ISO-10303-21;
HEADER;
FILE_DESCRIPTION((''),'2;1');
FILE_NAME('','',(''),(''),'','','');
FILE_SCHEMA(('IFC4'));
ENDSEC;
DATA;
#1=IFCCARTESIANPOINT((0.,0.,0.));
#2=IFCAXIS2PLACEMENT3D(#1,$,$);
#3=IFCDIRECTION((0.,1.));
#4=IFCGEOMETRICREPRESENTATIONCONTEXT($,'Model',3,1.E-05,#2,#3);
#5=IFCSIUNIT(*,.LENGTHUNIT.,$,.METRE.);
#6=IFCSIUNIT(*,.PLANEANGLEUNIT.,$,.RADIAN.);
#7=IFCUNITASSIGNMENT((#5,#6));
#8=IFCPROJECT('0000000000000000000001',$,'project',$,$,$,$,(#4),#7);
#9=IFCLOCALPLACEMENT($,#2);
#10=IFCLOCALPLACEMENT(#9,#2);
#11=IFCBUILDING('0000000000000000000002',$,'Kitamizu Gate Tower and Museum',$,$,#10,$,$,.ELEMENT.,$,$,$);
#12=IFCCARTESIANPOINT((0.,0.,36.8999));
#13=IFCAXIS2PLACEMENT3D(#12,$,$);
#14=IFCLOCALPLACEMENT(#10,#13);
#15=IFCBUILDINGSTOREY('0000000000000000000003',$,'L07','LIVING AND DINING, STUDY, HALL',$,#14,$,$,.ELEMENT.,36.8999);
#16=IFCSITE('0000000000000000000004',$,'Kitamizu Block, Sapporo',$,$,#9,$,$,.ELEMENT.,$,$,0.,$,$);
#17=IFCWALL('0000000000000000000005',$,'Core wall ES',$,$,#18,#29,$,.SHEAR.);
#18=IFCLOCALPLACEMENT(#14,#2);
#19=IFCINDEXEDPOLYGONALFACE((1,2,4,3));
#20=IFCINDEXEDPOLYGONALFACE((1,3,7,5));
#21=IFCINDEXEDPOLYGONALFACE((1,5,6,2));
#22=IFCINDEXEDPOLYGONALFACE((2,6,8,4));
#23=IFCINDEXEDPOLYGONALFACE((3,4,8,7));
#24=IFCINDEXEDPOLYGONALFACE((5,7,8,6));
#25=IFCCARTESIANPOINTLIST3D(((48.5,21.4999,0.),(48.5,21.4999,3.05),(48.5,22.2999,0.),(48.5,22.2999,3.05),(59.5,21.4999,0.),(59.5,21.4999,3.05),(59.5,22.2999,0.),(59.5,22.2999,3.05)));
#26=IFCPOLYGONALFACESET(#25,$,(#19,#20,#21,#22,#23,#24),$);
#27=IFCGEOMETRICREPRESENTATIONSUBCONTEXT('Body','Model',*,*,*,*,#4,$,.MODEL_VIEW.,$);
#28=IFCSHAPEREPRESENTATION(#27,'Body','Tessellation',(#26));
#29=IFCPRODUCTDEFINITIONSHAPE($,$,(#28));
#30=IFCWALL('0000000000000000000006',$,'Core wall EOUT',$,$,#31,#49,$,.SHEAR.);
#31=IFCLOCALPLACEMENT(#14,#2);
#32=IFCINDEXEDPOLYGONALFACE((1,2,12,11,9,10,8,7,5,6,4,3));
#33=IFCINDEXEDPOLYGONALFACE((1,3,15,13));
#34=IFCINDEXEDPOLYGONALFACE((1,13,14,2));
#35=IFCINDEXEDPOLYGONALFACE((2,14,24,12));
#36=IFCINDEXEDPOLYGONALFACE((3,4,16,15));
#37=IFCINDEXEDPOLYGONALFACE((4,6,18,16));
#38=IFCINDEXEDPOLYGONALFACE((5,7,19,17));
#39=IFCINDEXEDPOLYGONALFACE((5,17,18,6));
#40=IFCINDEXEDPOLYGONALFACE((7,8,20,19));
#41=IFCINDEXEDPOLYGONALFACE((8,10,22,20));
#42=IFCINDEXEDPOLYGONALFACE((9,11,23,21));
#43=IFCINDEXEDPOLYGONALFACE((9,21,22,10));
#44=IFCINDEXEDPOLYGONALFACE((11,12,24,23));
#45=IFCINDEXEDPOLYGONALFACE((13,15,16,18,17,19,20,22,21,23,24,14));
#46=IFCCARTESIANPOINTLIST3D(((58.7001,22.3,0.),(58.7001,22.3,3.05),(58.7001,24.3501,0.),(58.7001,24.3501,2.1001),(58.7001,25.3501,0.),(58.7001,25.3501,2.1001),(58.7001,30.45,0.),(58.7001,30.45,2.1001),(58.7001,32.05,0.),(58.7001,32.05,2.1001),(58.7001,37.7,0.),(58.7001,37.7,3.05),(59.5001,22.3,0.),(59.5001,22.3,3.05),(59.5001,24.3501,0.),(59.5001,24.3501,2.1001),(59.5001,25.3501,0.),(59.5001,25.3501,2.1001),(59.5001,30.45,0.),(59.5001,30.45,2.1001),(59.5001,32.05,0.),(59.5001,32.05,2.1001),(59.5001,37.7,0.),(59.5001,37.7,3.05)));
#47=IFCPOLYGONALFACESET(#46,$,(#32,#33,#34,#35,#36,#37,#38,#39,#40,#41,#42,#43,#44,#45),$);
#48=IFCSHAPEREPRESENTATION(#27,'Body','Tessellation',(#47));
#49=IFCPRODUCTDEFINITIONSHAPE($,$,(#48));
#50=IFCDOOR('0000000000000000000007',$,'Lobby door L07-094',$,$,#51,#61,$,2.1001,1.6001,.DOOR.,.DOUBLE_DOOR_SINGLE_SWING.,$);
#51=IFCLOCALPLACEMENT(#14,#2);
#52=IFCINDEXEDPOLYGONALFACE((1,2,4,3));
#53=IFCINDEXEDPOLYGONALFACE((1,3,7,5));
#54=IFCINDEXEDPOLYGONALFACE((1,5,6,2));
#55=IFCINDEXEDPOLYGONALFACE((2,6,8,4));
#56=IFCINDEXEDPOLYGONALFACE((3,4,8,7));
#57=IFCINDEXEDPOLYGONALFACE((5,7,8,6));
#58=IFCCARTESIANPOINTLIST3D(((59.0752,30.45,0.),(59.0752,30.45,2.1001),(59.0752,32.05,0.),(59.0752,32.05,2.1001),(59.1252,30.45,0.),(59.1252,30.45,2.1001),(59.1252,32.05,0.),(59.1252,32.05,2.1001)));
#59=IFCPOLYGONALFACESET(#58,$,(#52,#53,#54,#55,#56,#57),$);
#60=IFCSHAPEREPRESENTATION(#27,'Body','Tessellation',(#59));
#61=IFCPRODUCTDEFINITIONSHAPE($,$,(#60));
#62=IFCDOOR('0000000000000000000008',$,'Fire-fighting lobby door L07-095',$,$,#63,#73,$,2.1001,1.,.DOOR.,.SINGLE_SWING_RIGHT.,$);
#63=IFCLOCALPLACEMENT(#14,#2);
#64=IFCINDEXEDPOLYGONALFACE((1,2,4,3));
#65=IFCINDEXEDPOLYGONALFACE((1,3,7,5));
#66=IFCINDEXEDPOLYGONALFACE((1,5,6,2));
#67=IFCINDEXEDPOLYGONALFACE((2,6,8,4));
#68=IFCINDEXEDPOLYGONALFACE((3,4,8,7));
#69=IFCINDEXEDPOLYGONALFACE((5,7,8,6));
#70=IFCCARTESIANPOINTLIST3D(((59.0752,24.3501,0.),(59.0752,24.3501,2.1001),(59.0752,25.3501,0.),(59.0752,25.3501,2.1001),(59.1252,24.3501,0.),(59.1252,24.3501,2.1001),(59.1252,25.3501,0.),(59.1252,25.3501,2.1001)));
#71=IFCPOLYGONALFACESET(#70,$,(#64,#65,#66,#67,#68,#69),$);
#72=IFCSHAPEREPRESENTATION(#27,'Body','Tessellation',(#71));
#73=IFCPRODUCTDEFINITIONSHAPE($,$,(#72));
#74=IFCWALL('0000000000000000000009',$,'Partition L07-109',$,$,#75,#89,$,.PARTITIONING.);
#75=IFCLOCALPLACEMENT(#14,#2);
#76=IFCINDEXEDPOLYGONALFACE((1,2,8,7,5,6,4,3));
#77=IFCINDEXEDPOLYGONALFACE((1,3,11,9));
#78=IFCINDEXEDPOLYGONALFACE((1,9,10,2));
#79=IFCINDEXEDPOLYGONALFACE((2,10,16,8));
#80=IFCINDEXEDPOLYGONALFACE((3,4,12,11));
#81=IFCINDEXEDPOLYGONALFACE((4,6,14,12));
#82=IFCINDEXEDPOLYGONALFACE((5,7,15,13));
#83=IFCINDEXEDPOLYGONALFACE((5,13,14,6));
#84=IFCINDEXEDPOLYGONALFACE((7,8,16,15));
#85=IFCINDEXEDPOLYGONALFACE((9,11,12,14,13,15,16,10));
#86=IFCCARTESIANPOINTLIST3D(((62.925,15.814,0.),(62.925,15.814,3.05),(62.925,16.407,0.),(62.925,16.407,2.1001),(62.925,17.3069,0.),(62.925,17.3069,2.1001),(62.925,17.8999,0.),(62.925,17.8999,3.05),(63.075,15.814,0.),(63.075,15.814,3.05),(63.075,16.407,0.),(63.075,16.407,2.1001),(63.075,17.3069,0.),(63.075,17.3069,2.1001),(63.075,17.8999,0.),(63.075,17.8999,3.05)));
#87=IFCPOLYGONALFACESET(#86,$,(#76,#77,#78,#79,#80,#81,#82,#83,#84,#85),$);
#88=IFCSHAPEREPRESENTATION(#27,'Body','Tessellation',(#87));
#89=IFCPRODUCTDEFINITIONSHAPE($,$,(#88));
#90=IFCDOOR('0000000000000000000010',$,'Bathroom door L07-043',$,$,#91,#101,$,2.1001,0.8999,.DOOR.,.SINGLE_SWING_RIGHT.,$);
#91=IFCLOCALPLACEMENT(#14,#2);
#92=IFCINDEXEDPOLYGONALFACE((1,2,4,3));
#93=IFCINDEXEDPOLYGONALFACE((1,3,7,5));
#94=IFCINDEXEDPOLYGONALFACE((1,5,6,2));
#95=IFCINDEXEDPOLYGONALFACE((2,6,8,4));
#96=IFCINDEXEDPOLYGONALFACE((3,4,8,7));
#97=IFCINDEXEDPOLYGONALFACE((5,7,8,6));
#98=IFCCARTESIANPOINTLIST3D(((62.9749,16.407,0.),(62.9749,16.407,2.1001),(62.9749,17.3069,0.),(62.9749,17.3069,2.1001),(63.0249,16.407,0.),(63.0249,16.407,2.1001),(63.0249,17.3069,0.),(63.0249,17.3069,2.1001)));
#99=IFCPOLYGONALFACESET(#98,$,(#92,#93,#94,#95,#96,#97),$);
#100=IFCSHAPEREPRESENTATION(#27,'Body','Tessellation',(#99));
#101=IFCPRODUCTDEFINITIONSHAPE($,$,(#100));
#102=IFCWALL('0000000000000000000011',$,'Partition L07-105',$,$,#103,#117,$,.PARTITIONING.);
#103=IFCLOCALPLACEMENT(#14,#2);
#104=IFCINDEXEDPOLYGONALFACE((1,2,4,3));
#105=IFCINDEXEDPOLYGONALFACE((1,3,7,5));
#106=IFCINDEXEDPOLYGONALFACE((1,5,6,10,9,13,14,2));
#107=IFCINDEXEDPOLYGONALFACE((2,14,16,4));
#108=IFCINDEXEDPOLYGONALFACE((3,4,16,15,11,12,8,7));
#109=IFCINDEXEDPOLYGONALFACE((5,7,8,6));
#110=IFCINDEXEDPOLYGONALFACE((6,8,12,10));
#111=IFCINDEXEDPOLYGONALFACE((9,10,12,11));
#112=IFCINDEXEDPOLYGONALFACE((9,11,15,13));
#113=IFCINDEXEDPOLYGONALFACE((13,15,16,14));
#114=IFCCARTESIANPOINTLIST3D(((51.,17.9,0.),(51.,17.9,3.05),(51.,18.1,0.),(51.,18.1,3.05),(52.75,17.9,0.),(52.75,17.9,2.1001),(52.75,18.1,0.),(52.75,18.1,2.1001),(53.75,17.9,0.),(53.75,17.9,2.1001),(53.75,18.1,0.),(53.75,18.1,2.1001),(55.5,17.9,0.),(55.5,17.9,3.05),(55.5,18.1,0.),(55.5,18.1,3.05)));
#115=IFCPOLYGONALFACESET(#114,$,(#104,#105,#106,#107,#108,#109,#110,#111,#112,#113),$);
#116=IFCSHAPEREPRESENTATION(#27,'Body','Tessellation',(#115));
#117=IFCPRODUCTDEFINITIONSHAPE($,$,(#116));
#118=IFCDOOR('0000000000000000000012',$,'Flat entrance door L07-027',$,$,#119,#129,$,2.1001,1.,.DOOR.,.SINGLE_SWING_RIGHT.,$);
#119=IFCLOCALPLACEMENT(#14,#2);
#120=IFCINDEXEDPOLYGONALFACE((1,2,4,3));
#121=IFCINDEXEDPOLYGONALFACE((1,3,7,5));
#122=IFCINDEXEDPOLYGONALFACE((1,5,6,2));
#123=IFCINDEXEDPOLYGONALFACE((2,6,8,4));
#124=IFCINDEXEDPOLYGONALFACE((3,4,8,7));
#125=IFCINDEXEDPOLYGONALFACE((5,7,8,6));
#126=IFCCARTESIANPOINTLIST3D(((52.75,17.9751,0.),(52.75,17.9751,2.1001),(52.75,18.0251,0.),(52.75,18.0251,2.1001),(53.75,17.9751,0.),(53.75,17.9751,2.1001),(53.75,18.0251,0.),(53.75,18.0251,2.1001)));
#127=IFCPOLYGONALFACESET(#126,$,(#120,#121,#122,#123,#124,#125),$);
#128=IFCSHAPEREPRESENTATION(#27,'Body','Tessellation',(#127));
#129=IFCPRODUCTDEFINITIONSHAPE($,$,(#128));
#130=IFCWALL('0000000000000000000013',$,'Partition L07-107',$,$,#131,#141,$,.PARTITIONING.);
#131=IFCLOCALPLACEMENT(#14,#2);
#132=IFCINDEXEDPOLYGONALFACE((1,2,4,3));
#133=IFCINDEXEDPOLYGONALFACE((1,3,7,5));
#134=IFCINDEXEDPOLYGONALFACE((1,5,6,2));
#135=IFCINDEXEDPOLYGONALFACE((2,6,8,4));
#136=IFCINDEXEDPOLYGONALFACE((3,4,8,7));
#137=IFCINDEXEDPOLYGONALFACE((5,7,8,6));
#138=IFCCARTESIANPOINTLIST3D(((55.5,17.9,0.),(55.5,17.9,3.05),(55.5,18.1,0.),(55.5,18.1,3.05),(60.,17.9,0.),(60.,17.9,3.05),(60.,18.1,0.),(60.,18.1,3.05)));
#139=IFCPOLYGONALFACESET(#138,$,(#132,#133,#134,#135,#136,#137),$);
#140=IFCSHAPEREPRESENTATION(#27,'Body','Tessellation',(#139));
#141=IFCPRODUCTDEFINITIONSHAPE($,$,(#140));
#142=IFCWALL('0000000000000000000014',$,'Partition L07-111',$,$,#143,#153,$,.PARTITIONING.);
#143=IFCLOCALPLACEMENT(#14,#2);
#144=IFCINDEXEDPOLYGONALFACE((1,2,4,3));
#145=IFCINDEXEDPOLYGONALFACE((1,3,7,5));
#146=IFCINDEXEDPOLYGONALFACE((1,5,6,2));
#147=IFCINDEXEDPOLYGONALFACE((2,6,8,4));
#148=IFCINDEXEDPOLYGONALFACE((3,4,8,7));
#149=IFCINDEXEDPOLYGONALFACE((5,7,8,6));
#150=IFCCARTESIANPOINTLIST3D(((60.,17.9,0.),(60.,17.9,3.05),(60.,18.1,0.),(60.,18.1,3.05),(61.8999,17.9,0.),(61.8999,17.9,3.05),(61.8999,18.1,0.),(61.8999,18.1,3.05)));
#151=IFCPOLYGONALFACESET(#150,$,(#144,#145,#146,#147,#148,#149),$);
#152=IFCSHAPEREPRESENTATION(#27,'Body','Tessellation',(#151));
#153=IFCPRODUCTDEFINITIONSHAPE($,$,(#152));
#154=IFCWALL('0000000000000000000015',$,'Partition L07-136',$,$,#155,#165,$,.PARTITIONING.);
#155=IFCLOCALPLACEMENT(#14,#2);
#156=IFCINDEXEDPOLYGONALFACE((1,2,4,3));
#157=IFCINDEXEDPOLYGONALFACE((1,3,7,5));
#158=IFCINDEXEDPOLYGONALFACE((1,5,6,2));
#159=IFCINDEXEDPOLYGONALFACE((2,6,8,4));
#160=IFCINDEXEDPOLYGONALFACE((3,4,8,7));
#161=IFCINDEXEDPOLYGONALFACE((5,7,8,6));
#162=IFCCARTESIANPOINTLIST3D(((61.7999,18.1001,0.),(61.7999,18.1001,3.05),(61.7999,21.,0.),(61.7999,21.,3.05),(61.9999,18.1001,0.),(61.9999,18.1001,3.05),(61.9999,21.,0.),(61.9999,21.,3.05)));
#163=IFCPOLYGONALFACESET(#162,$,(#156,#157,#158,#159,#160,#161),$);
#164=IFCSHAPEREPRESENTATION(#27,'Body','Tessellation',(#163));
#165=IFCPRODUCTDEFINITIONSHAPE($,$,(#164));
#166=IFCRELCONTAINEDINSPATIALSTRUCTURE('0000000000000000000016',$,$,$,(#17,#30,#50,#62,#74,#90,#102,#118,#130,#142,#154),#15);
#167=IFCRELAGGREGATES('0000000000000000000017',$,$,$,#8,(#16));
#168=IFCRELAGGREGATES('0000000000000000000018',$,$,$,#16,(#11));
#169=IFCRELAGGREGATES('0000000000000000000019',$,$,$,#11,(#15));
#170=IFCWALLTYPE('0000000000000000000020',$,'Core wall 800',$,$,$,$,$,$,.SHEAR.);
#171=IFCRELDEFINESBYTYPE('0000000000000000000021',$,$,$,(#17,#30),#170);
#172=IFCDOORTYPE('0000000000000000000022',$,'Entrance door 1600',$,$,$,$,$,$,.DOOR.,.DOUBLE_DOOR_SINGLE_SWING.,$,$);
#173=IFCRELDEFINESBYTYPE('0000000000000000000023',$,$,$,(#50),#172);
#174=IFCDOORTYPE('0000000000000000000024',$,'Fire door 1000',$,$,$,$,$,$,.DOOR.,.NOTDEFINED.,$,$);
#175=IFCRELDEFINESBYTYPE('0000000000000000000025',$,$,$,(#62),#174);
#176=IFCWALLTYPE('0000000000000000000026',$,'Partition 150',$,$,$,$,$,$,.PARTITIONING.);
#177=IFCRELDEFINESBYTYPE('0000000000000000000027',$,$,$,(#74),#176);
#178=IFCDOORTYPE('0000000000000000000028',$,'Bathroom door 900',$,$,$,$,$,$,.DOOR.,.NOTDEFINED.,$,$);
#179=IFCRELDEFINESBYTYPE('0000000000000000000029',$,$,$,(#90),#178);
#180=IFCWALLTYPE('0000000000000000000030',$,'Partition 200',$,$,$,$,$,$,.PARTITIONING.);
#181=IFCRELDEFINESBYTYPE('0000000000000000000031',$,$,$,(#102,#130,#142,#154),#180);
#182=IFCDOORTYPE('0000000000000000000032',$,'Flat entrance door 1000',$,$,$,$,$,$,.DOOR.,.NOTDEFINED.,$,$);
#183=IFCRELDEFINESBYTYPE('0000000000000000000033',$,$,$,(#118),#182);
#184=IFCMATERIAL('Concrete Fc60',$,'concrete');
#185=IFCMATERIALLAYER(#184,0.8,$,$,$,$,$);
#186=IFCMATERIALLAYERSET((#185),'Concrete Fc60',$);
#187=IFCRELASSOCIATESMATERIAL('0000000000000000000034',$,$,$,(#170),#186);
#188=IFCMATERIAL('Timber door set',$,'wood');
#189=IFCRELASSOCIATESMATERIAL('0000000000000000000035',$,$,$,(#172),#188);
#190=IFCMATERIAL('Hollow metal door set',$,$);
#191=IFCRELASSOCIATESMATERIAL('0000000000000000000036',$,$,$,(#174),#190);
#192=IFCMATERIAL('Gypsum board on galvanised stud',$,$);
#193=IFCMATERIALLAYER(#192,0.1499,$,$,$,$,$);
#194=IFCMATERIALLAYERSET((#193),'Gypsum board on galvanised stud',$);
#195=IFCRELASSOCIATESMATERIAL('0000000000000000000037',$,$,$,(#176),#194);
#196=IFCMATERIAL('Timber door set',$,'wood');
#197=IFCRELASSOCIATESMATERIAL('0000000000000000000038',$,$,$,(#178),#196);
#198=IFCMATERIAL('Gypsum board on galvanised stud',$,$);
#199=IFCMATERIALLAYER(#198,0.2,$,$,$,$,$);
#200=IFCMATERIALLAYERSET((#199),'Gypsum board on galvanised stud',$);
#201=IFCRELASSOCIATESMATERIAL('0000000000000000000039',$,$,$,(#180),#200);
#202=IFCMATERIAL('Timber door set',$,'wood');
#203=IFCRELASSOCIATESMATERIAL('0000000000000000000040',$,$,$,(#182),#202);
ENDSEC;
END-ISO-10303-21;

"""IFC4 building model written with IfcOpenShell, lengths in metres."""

from ifc_helpers import new_model, si_unit, direction, frame, frame_2d, origin, place, context, subcontext, project, spatial, rectangle, extrude, material, layer, layer_set, type_object, element, fill, save


model = new_model("IFC4")

# Units and contexts
model_context = context("Model", 3, precision=1e-05, world=origin(), true_north=direction((0.0, 1.0)))
body_context = subcontext(model_context, "Body", "Model", "MODEL_VIEW")
ifc_project = project(units=[si_unit("LENGTHUNIT", "METRE"), si_unit("PLANEANGLEUNIT", "RADIAN")], contexts=[model_context])

# Site, building, storey
site_placement = place(None, origin())
site = spatial("IfcSite", under=ifc_project, at=site_placement, Name="Kitamizu Block, Sapporo", CompositionType="ELEMENT", RefElevation=0.0)
building_placement = place(site_placement, origin())
building = spatial("IfcBuilding", under=site, at=building_placement, Name="Kitamizu Gate Tower and Museum", CompositionType="ELEMENT")
storey_placement = place(building_placement, frame((0.0, 0.0, 36.8999)))
storey = spatial("IfcBuildingStorey", under=building, at=storey_placement, Name="L07", Description="LIVING AND DINING, STUDY, HALL", CompositionType="ELEMENT", Elevation=36.8999)

# Wall
ifc_material_1 = material(Name="Concrete Fc60", Category="concrete")
ifc_layer_1 = layer(ifc_material_1, 0.8)
ifc_layer_set_1 = layer_set([ifc_layer_1], Name="Concrete Fc60")
wall_type_1 = type_object("IfcWallType", Name="Core wall 800", PredefinedType="SHEAR", material=ifc_layer_set_1)
wall_1_placement = place(storey_placement, frame((59.5, 21.8999, 0.0), z_axis=(0.0, 0.0, 1.0), x_axis=(-1.0, 0.0, 0.0)))
element("IfcWall", 1, at=wall_1_placement, inside=storey, type_object=wall_type_1, Name="Core wall ES", PredefinedType="SHEAR", context=body_context, shape_type="SweptSolid", body=[
    extrude(rectangle(XDim=11.0, YDim=0.8, at=frame_2d((5.5, 0.0))), origin(), (0.0, 0.0, 1.0), 3.05),
])

# Wall, openings, doors
wall_2_placement = place(storey_placement, frame((59.1001, 22.3, 0.0), z_axis=(0.0, 0.0, 1.0), x_axis=(0.0, 1.0, 0.0)))
wall_2 = element("IfcWall", 2, at=wall_2_placement, inside=storey, type_object=wall_type_1, Name="Core wall EOUT", PredefinedType="SHEAR", context=body_context, shape_type="SweptSolid", body=[
    extrude(rectangle(XDim=15.3999, YDim=0.8, at=frame_2d((7.7, 0.0))), origin(), (0.0, 0.0, 1.0), 3.05),
])
opening_1_placement = place(wall_2_placement, frame((8.1499, 0.0, 0.0)))
opening_1 = element("IfcOpeningElement", 3, at=opening_1_placement, cuts=wall_2, PredefinedType="OPENING", context=body_context, shape_type="SweptSolid", body=[
    extrude(rectangle(XDim=1.6001, YDim=2.1001, at=frame_2d((0.8, 1.05))), frame((0.0, 0.4102, 0.0), z_axis=(0.0, -1.0, 0.0), x_axis=(1.0, 0.0, 0.0)), (0.0, 0.0, 1.0), 0.8201),
])
opening_2_placement = place(wall_2_placement, frame((2.05, 0.0, 0.0)))
opening_2 = element("IfcOpeningElement", 4, at=opening_2_placement, cuts=wall_2, PredefinedType="OPENING", context=body_context, shape_type="SweptSolid", body=[
    extrude(rectangle(XDim=1.0, YDim=2.1001, at=frame_2d((0.5, 1.05))), frame((0.0, 0.4102, 0.0), z_axis=(0.0, -1.0, 0.0), x_axis=(1.0, 0.0, 0.0)), (0.0, 0.0, 1.0), 0.8201),
])
ifc_material_2 = material(Name="Timber door set", Category="wood")
door_type_1 = type_object("IfcDoorType", Name="Entrance door 1600", OperationType="DOUBLE_DOOR_SINGLE_SWING", PredefinedType="DOOR", material=ifc_material_2)
door_1_placement = place(opening_1_placement, origin())
door_1 = element("IfcDoor", 5, at=door_1_placement, inside=storey, type_object=door_type_1, Name="Lobby door L07-094", OperationType="DOUBLE_DOOR_SINGLE_SWING", OverallHeight=2.1001, OverallWidth=1.6001, PredefinedType="DOOR", context=body_context, shape_type="SweptSolid", body=[
    extrude(rectangle(XDim=1.6001, YDim=2.1001, at=frame_2d((0.8, 1.05))), frame((0.0, 0.0249, 0.0), z_axis=(0.0, -1.0, 0.0), x_axis=(1.0, 0.0, 0.0)), (0.0, 0.0, 1.0), 0.05),
])
fill(opening_1, door_1)
ifc_material_3 = material(Name="Hollow metal door set")
door_type_2 = type_object("IfcDoorType", Name="Fire door 1000", OperationType="NOTDEFINED", PredefinedType="DOOR", material=ifc_material_3)
door_2_placement = place(opening_2_placement, origin())
door_2 = element("IfcDoor", 6, at=door_2_placement, inside=storey, type_object=door_type_2, Name="Fire-fighting lobby door L07-095", OperationType="SINGLE_SWING_RIGHT", OverallHeight=2.1001, OverallWidth=1.0, PredefinedType="DOOR", context=body_context, shape_type="SweptSolid", body=[
    extrude(rectangle(XDim=1.0, YDim=2.1001, at=frame_2d((0.5, 1.05))), frame((0.0, 0.0249, 0.0), z_axis=(0.0, -1.0, 0.0), x_axis=(1.0, 0.0, 0.0)), (0.0, 0.0, 1.0), 0.05),
])
fill(opening_2, door_2)

# Walls, openings, doors
ifc_material_4 = material(Name="Gypsum board on galvanised stud")
ifc_layer_2 = layer(ifc_material_4, 0.1499)
ifc_layer_set_2 = layer_set([ifc_layer_2], Name="Gypsum board on galvanised stud")
wall_type_2 = type_object("IfcWallType", Name="Partition 150", PredefinedType="PARTITIONING", material=ifc_layer_set_2)
wall_3_placement = place(storey_placement, frame((63.0, 15.814, 0.0), z_axis=(0.0, 0.0, 1.0), x_axis=(0.0, 1.0, 0.0)))
wall_3 = element("IfcWall", 7, at=wall_3_placement, inside=storey, type_object=wall_type_2, Name="Partition L07-109", PredefinedType="PARTITIONING", context=body_context, shape_type="SweptSolid", body=[
    extrude(rectangle(XDim=2.0859, YDim=0.1499, at=frame_2d((1.043, 0.0))), origin(), (0.0, 0.0, 1.0), 3.05),
])
opening_3_placement = place(wall_3_placement, frame((0.593, 0.0, 0.0)))
opening_3 = element("IfcOpeningElement", 8, at=opening_3_placement, cuts=wall_3, PredefinedType="OPENING", context=body_context, shape_type="SweptSolid", body=[
    extrude(rectangle(XDim=0.8999, YDim=2.1001, at=frame_2d((0.45, 1.05))), frame((0.0, 0.085, 0.0), z_axis=(0.0, -1.0, 0.0), x_axis=(1.0, 0.0, 0.0)), (0.0, 0.0, 1.0), 0.1699),
])
ifc_material_5 = material(Name="Timber door set", Category="wood")
door_type_3 = type_object("IfcDoorType", Name="Bathroom door 900", OperationType="NOTDEFINED", PredefinedType="DOOR", material=ifc_material_5)
door_3_placement = place(opening_3_placement, frame((0.8999, 0.0, 0.0), x_axis=(-1.0, 0.0, 0.0)))
door_3 = element("IfcDoor", 9, at=door_3_placement, inside=storey, type_object=door_type_3, Name="Bathroom door L07-043", OperationType="SINGLE_SWING_RIGHT", OverallHeight=2.1001, OverallWidth=0.8999, PredefinedType="DOOR", context=body_context, shape_type="SweptSolid", body=[
    extrude(rectangle(XDim=0.8999, YDim=2.1001, at=frame_2d((0.45, 1.05))), frame((0.0, 0.0249, 0.0), z_axis=(0.0, -1.0, 0.0), x_axis=(1.0, 0.0, 0.0)), (0.0, 0.0, 1.0), 0.05),
])
fill(opening_3, door_3)
ifc_material_6 = material(Name="Gypsum board on galvanised stud")
ifc_layer_3 = layer(ifc_material_6, 0.2)
ifc_layer_set_3 = layer_set([ifc_layer_3], Name="Gypsum board on galvanised stud")
wall_type_3 = type_object("IfcWallType", Name="Partition 200", PredefinedType="PARTITIONING", material=ifc_layer_set_3)
wall_4_placement = place(storey_placement, frame((55.5, 18.0, 0.0), z_axis=(0.0, 0.0, 1.0), x_axis=(-1.0, 0.0, 0.0)))
wall_4 = element("IfcWall", 10, at=wall_4_placement, inside=storey, type_object=wall_type_3, Name="Partition L07-105", PredefinedType="PARTITIONING", context=body_context, shape_type="SweptSolid", body=[
    extrude(rectangle(XDim=4.5, YDim=0.2, at=frame_2d((2.25, 0.0))), origin(), (0.0, 0.0, 1.0), 3.05),
])
opening_4_placement = place(wall_4_placement, frame((1.75, 0.0, 0.0)))
opening_4 = element("IfcOpeningElement", 11, at=opening_4_placement, cuts=wall_4, PredefinedType="OPENING", context=body_context, shape_type="SweptSolid", body=[
    extrude(rectangle(XDim=1.0, YDim=2.1001, at=frame_2d((0.5, 1.05))), frame((0.0, 0.1099, 0.0), z_axis=(0.0, -1.0, 0.0), x_axis=(1.0, 0.0, 0.0)), (0.0, 0.0, 1.0), 0.22),
])
ifc_material_7 = material(Name="Timber door set", Category="wood")
door_type_4 = type_object("IfcDoorType", Name="Flat entrance door 1000", OperationType="NOTDEFINED", PredefinedType="DOOR", material=ifc_material_7)
door_4_placement = place(opening_4_placement, origin())
door_4 = element("IfcDoor", 12, at=door_4_placement, inside=storey, type_object=door_type_4, Name="Flat entrance door L07-027", OperationType="SINGLE_SWING_RIGHT", OverallHeight=2.1001, OverallWidth=1.0, PredefinedType="DOOR", context=body_context, shape_type="SweptSolid", body=[
    extrude(rectangle(XDim=1.0, YDim=2.1001, at=frame_2d((0.5, 1.05))), frame((0.0, 0.0249, 0.0), z_axis=(0.0, -1.0, 0.0), x_axis=(1.0, 0.0, 0.0)), (0.0, 0.0, 1.0), 0.05),
])
fill(opening_4, door_4)

# Walls
wall_5_placement = place(storey_placement, frame((60.0, 18.0, 0.0), z_axis=(0.0, 0.0, 1.0), x_axis=(-1.0, 0.0, 0.0)))
element("IfcWall", 13, at=wall_5_placement, inside=storey, type_object=wall_type_3, Name="Partition L07-107", PredefinedType="PARTITIONING", context=body_context, shape_type="SweptSolid", body=[
    extrude(rectangle(XDim=4.5, YDim=0.2, at=frame_2d((2.25, 0.0))), origin(), (0.0, 0.0, 1.0), 3.05),
])
wall_6_placement = place(storey_placement, frame((61.8999, 18.0, 0.0), z_axis=(0.0, 0.0, 1.0), x_axis=(-1.0, 0.0, 0.0)))
element("IfcWall", 14, at=wall_6_placement, inside=storey, type_object=wall_type_3, Name="Partition L07-111", PredefinedType="PARTITIONING", context=body_context, shape_type="SweptSolid", body=[
    extrude(rectangle(XDim=1.8999, YDim=0.2, at=frame_2d((0.95, 0.0))), origin(), (0.0, 0.0, 1.0), 3.05),
])
for number, where, z_axis, x_axis, name in (
    (15, (61.8999, 21.0, 0.0), (0.0, 0.0, 1.0), (0.0, -1.0, 0.0), "Partition L07-136"),
):
    element("IfcWall", number, at=place(storey_placement, frame(where, z_axis=z_axis, x_axis=x_axis)), inside=storey, type_object=wall_type_3, Name=name, PredefinedType="PARTITIONING", context=body_context, shape_type="SweptSolid", body=[
        extrude(rectangle(XDim=2.8999, YDim=0.2, at=frame_2d((1.45, 0.0))), origin(), (0.0, 0.0, 1.0), 3.05),
    ])

save(model, "model.ifc")
